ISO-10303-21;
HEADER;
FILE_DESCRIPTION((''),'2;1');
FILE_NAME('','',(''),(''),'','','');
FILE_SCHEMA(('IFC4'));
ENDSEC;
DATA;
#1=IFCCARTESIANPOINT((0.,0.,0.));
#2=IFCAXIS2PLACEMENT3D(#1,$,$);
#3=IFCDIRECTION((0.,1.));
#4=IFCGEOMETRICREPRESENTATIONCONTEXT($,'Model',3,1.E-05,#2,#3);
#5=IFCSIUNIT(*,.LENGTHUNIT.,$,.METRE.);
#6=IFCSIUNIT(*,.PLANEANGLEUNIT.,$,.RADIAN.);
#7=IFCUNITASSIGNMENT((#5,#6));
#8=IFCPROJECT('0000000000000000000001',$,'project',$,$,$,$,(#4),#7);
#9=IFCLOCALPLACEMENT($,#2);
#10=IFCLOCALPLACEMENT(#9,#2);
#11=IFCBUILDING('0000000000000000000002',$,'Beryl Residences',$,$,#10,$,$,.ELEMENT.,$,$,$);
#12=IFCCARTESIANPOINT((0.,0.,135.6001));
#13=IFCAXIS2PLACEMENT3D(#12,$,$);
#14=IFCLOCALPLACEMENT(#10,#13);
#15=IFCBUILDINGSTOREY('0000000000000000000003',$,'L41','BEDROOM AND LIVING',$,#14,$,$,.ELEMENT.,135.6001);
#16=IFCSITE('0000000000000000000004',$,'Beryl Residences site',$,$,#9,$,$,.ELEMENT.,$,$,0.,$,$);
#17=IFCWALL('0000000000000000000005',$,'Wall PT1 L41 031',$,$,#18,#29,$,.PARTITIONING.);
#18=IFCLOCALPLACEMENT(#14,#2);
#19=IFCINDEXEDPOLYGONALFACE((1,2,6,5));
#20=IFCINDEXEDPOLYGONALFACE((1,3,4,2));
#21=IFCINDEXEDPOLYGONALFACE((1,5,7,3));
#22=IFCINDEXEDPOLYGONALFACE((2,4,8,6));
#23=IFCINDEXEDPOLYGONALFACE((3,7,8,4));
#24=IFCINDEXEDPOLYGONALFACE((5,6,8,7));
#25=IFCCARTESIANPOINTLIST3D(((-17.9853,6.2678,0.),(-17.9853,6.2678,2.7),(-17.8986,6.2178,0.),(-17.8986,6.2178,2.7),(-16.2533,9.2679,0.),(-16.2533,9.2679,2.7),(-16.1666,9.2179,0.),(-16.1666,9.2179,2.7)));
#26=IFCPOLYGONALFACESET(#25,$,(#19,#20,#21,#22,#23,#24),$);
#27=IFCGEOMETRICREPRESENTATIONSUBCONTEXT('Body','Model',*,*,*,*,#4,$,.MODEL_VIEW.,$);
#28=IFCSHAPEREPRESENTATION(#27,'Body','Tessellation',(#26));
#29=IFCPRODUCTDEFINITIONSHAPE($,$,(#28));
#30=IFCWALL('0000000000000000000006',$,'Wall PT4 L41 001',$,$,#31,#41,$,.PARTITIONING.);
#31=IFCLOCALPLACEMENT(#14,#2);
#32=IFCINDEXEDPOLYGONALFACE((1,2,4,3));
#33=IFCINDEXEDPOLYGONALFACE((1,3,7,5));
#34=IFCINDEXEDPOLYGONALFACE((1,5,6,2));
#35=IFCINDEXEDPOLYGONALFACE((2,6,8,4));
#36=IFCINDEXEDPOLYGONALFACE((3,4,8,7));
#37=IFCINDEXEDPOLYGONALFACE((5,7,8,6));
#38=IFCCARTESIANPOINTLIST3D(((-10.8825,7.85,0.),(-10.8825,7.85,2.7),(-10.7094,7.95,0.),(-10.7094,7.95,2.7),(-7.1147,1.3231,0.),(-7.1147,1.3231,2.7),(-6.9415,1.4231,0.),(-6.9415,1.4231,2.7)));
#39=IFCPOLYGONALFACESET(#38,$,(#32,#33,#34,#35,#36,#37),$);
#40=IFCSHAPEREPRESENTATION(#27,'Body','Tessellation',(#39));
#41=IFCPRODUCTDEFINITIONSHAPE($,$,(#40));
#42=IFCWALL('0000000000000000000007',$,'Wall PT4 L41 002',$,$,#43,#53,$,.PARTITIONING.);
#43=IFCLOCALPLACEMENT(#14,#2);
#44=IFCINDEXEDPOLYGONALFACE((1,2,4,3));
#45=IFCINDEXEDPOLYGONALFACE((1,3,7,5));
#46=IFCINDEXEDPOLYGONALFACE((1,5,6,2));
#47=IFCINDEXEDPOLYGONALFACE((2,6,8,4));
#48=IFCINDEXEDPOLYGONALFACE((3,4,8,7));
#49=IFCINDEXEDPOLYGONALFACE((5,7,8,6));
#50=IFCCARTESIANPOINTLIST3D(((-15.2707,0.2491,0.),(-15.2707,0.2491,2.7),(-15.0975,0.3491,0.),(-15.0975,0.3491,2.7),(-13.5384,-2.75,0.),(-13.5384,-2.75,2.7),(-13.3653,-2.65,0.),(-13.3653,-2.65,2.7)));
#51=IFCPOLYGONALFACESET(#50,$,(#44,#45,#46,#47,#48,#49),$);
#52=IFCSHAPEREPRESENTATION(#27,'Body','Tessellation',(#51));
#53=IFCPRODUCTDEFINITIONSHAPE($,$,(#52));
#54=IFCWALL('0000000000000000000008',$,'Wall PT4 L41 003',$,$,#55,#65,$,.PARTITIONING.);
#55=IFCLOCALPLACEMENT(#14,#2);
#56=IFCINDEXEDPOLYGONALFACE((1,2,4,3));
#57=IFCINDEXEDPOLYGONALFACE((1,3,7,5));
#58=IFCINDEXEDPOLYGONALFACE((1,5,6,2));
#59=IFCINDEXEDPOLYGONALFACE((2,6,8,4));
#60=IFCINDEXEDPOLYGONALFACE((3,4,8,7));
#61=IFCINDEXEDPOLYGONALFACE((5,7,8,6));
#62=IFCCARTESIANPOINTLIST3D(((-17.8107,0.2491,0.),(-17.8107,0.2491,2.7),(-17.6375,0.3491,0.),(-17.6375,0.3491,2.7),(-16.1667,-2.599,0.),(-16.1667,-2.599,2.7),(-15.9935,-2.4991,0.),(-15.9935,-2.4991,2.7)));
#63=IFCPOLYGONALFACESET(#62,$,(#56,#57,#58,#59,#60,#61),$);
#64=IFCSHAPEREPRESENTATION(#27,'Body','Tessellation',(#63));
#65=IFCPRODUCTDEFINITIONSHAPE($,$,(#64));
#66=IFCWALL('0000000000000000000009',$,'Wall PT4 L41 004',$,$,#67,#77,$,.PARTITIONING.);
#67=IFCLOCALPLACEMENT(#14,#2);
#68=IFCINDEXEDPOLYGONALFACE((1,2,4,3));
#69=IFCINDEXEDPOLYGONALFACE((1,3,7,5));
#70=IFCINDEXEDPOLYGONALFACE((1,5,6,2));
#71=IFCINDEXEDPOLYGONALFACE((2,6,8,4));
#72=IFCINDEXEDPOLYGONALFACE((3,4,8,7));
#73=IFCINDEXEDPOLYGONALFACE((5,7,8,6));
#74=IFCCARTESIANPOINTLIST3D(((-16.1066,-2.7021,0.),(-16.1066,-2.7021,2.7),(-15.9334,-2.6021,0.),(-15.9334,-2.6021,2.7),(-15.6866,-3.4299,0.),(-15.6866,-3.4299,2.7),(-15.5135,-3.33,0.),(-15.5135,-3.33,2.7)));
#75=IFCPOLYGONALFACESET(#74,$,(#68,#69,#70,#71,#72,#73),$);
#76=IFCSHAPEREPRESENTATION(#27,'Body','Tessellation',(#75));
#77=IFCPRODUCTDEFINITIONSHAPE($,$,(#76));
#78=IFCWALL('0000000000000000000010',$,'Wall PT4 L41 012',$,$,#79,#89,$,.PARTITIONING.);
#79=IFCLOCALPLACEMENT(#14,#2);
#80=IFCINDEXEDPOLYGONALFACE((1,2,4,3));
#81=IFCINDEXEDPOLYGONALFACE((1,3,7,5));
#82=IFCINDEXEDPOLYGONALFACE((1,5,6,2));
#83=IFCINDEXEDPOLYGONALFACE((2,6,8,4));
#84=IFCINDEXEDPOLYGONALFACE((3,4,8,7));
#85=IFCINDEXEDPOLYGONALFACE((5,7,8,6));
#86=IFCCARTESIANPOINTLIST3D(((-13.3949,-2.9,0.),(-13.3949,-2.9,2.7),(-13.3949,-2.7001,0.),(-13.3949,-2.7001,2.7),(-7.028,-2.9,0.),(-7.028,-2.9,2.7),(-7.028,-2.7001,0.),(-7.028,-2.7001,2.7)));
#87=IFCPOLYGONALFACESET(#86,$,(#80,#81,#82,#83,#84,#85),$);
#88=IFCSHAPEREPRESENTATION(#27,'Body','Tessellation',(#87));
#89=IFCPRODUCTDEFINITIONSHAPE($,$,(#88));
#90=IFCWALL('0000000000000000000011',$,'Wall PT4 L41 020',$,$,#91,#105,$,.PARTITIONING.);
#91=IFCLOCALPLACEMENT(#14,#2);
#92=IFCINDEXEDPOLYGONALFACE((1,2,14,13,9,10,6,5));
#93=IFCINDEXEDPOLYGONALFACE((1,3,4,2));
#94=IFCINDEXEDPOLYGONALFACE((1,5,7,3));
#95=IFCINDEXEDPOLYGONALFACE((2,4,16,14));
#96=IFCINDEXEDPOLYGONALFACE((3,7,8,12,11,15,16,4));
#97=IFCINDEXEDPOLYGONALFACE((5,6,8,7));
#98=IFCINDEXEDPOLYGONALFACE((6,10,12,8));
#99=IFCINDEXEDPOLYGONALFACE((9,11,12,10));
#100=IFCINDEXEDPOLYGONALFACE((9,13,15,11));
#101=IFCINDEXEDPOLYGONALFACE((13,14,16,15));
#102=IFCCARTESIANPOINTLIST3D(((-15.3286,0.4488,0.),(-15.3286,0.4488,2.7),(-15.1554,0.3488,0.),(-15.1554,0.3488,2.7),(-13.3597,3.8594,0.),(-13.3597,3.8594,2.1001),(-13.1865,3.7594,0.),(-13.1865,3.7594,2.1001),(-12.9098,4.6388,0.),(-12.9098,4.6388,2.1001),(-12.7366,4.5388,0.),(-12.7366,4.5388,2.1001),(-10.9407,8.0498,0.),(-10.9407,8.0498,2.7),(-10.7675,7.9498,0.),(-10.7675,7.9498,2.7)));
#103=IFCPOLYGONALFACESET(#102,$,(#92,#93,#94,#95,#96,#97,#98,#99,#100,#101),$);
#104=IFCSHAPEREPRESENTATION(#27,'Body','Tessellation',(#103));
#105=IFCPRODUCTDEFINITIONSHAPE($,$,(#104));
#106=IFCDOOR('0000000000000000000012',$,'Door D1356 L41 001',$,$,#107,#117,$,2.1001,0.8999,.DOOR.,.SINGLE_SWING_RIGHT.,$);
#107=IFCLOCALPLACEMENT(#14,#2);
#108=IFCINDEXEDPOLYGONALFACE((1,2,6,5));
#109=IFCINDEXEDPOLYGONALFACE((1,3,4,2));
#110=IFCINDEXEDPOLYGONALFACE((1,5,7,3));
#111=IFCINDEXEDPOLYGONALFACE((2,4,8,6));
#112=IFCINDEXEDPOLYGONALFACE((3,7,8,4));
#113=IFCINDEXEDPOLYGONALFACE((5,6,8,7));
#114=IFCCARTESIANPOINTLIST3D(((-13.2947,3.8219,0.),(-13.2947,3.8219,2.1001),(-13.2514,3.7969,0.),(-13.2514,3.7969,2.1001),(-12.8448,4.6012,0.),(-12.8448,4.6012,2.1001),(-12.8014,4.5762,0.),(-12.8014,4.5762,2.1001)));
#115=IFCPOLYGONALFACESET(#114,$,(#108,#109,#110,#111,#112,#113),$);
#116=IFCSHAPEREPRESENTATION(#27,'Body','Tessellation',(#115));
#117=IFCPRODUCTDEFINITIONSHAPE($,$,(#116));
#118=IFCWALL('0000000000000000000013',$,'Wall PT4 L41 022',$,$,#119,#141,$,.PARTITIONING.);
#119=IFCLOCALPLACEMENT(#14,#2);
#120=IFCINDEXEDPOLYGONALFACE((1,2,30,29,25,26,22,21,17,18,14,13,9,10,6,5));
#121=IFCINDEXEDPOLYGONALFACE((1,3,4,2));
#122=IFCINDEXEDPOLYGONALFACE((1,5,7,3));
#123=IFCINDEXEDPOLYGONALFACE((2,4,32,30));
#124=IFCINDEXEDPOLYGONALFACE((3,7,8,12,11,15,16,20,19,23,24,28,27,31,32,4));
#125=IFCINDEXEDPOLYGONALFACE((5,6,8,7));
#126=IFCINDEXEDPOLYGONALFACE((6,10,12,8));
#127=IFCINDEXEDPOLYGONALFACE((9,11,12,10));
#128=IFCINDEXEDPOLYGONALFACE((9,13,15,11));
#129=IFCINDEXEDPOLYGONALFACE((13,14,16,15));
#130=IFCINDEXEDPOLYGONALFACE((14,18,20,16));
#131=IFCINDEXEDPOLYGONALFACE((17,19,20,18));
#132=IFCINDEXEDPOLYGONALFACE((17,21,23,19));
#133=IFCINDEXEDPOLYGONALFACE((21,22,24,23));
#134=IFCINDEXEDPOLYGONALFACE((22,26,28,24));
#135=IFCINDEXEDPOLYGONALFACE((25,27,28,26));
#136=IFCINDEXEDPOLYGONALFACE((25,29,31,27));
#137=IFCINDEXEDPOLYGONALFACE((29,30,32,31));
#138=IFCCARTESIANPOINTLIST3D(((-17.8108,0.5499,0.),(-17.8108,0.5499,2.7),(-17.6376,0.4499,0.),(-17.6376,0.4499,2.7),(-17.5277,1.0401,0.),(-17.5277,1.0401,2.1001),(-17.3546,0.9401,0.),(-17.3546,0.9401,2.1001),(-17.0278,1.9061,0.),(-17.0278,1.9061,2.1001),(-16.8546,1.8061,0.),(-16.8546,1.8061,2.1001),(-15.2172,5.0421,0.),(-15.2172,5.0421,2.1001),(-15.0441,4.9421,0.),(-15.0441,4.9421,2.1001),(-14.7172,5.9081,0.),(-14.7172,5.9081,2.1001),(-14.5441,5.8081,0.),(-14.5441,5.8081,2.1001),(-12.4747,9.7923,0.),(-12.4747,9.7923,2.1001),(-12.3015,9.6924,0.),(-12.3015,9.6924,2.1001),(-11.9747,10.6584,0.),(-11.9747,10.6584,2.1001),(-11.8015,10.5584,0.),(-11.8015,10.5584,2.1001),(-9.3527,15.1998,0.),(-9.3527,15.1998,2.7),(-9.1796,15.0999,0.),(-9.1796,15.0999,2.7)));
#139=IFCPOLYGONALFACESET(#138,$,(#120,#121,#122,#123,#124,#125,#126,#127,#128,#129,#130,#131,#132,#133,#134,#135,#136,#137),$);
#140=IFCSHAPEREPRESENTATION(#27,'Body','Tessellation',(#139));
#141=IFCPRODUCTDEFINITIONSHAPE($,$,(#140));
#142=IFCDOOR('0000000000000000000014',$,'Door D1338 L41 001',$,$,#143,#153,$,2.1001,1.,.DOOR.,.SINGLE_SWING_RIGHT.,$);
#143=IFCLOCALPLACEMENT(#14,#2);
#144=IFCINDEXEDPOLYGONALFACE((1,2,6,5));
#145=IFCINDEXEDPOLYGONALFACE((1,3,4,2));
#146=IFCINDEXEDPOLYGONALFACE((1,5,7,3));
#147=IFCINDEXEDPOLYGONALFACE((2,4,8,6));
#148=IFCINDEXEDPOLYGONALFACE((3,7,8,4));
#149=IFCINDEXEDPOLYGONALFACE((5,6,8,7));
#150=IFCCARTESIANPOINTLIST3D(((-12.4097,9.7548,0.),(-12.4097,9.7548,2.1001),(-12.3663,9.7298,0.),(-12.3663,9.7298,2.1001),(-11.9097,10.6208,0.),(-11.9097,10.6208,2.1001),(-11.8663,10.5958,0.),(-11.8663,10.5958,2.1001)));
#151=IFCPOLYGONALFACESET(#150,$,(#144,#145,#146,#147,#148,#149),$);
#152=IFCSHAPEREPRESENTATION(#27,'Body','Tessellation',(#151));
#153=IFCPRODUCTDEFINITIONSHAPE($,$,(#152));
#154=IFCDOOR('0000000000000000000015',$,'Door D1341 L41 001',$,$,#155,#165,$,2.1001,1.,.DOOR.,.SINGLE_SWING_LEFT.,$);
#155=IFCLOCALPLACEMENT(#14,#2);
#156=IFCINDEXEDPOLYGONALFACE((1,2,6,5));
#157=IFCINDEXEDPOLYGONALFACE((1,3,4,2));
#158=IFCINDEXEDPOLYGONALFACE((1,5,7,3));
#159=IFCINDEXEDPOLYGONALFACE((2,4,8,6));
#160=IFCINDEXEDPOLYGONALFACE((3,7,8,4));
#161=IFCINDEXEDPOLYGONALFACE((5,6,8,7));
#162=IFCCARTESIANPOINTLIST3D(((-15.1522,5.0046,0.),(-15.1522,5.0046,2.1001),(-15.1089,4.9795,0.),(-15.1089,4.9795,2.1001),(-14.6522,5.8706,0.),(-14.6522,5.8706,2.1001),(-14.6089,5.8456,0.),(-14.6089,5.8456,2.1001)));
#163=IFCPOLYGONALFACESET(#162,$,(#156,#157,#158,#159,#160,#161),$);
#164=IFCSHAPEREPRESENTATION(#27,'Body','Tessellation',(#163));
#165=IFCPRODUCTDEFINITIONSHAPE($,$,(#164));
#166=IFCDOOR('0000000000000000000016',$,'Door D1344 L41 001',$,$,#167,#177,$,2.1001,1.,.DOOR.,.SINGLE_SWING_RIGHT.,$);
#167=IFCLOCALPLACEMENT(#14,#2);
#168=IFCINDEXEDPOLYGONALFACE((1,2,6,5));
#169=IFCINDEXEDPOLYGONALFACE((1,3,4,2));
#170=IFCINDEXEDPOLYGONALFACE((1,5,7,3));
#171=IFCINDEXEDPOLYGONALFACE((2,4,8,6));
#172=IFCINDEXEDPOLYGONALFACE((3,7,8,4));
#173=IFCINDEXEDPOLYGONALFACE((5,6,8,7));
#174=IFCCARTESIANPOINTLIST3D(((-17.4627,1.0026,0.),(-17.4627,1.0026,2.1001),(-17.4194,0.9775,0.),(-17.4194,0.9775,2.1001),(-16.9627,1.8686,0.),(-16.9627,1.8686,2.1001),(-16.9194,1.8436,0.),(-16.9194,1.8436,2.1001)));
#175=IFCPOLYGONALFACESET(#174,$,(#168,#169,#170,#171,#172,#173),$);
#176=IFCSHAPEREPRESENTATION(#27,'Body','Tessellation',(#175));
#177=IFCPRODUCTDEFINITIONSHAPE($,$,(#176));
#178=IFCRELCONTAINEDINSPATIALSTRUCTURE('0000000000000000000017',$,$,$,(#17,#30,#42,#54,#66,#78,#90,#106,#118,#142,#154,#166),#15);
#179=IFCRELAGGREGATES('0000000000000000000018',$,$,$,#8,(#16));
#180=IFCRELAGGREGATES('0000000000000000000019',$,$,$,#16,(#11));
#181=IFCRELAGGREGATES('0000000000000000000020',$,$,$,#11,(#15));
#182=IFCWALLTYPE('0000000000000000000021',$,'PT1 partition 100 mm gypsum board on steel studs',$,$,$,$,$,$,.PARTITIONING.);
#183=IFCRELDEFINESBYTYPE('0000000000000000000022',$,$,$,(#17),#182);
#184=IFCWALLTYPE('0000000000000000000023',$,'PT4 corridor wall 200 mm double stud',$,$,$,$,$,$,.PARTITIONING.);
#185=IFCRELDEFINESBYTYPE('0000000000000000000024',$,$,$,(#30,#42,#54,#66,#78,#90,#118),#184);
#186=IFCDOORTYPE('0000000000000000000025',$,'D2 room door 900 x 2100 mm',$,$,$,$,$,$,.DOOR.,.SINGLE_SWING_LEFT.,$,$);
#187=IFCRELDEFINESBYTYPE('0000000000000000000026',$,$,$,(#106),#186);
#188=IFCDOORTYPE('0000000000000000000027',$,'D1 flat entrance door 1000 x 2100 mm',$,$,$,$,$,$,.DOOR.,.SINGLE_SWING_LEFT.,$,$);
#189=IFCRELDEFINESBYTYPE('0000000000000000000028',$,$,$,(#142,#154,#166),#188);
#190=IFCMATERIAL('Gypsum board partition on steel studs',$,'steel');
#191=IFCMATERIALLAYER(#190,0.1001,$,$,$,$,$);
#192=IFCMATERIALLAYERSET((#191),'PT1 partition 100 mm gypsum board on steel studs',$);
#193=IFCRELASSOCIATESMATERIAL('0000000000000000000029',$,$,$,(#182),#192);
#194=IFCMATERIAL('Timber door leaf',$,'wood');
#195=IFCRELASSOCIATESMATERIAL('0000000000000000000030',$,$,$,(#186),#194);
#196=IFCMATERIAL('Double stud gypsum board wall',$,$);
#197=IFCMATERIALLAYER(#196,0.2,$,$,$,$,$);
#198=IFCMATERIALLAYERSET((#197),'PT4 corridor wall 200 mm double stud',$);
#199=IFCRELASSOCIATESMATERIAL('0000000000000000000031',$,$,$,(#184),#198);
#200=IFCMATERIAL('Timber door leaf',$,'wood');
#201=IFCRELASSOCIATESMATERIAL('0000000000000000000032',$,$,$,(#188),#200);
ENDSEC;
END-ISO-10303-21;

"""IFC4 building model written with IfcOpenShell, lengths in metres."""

from ifc_helpers import new_model, si_unit, direction, frame, frame_2d, origin, place, context, subcontext, project, spatial, rectangle, extrude, material, layer, layer_set, type_object, element, fill, save


model = new_model("IFC4")

# Units and contexts
model_context = context("Model", 3, precision=1e-05, world=origin(), true_north=direction((0.0, 1.0)))
body_context = subcontext(model_context, "Body", "Model", "MODEL_VIEW")
ifc_project = project(units=[si_unit("LENGTHUNIT", "METRE"), si_unit("PLANEANGLEUNIT", "RADIAN")], contexts=[model_context])

# Site, building, storey
site_placement = place(None, origin())
site = spatial("IfcSite", under=ifc_project, at=site_placement, Name="Beryl Residences site", CompositionType="ELEMENT", RefElevation=0.0)
building_placement = place(site_placement, origin())
building = spatial("IfcBuilding", under=site, at=building_placement, Name="Beryl Residences", CompositionType="ELEMENT")
storey_placement = place(building_placement, frame((0.0, 0.0, 135.6001)))
storey = spatial("IfcBuildingStorey", under=building, at=storey_placement, Name="L41", Description="BEDROOM AND LIVING", CompositionType="ELEMENT", Elevation=135.6001)

# Shared definitions
ifc_material_1 = material(Name="Gypsum board partition on steel studs", Category="steel")
ifc_layer_1 = layer(ifc_material_1, 0.1001)
ifc_layer_set_1 = layer_set([ifc_layer_1], Name="PT1 partition 100 mm gypsum board on steel studs")
wall_type_1 = type_object("IfcWallType", Name="PT1 partition 100 mm gypsum board on steel studs", PredefinedType="PARTITIONING", material=ifc_layer_set_1)
ifc_material_2 = material(Name="Timber door leaf", Category="wood")
door_type_1 = type_object("IfcDoorType", Name="D2 room door 900 x 2100 mm", OperationType="SINGLE_SWING_LEFT", PredefinedType="DOOR", material=ifc_material_2)

# Walls
wall_1_placement = place(storey_placement, frame((-17.9419, 6.2429, 0.0), z_axis=(0.0, 0.0, 1.0), x_axis=(0.499975, 0.86604, 0.0)))
element("IfcWall", 1, at=wall_1_placement, inside=storey, type_object=wall_type_1, Name="Wall PT1 L41 031", PredefinedType="PARTITIONING", context=body_context, shape_type="SweptSolid", body=[
    extrude(rectangle(XDim=3.4641, YDim=0.1001, at=frame_2d((1.7319, 0.0))), origin(), (0.0, 0.0, 1.0), 2.7),
])
ifc_material_3 = material(Name="Double stud gypsum board wall")
ifc_layer_2 = layer(ifc_material_3, 0.2)
ifc_layer_set_2 = layer_set([ifc_layer_2], Name="PT4 corridor wall 200 mm double stud")
wall_type_2 = type_object("IfcWallType", Name="PT4 corridor wall 200 mm double stud", PredefinedType="PARTITIONING", material=ifc_layer_set_2)
wall_2_placement = place(storey_placement, frame((-10.7959, 7.8999, 0.0), z_axis=(0.0, 0.0, 1.0), x_axis=(0.499954, -0.866052, 0.0)))
element("IfcWall", 2, at=wall_2_placement, inside=storey, type_object=wall_type_2, Name="Wall PT4 L41 001", PredefinedType="PARTITIONING", context=body_context, shape_type="SweptSolid", body=[
    extrude(rectangle(XDim=7.5364, YDim=0.2, at=frame_2d((3.7681, 0.0))), origin(), (0.0, 0.0, 1.0), 2.7),
])
wall_3_placement = place(storey_placement, frame((-15.1841, 0.2991, 0.0), z_axis=(0.0, 0.0, 1.0), x_axis=(0.50015, -0.865939, 0.0)))
element("IfcWall", 3, at=wall_3_placement, inside=storey, type_object=wall_type_2, Name="Wall PT4 L41 002", PredefinedType="PARTITIONING", context=body_context, shape_type="SweptSolid", body=[
    extrude(rectangle(XDim=3.4634, YDim=0.2, at=frame_2d((1.7317, 0.0))), origin(), (0.0, 0.0, 1.0), 2.7),
])
wall_4_placement = place(storey_placement, frame((-17.7241, 0.2991, 0.0), z_axis=(0.0, 0.0, 1.0), x_axis=(0.499924, -0.866069, 0.0)))
element("IfcWall", 4, at=wall_4_placement, inside=storey, type_object=wall_type_2, Name="Wall PT4 L41 003", PredefinedType="PARTITIONING", context=body_context, shape_type="SweptSolid", body=[
    extrude(rectangle(XDim=3.2886, YDim=0.2, at=frame_2d((1.6443, 0.0))), origin(), (0.0, 0.0, 1.0), 2.7),
])
wall_5_placement = place(storey_placement, frame((-16.02, -2.6521, 0.0), z_axis=(0.0, 0.0, 1.0), x_axis=(0.499764, -0.866161, 0.0)))
element("IfcWall", 5, at=wall_5_placement, inside=storey, type_object=wall_type_2, Name="Wall PT4 L41 004", PredefinedType="PARTITIONING", context=body_context, shape_type="SweptSolid", body=[
    extrude(rectangle(XDim=0.8403, YDim=0.2, at=frame_2d((0.4202, 0.0))), origin(), (0.0, 0.0, 1.0), 2.7),
])
wall_6_placement = place(storey_placement, frame((-13.395, -2.8, 0.0), z_axis=(0.0, 0.0, 1.0), x_axis=(1.0, 0.0, 0.0)))
element("IfcWall", 6, at=wall_6_placement, inside=storey, type_object=wall_type_2, Name="Wall PT4 L41 012", PredefinedType="PARTITIONING", context=body_context, shape_type="SweptSolid", body=[
    extrude(rectangle(XDim=6.3669, YDim=0.2, at=frame_2d((3.1836, 0.0))), origin(), (0.0, 0.0, 1.0), 2.7),
])

# Wall, opening, door
wall_7_placement = place(storey_placement, frame((-15.2419, 0.3989, 0.0), z_axis=(0.0, 0.0, 1.0), x_axis=(0.499954, 0.866052, 0.0)))
wall_7 = element("IfcWall", 7, at=wall_7_placement, inside=storey, type_object=wall_type_2, Name="Wall PT4 L41 020", PredefinedType="PARTITIONING", context=body_context, shape_type="SweptSolid", body=[
    extrude(rectangle(XDim=8.7766, YDim=0.2, at=frame_2d((4.3882, 0.0))), origin(), (0.0, 0.0, 1.0), 2.7),
])
opening_1_placement = place(wall_7_placement, frame((3.938, 0.0, 0.0)))
opening_1 = element("IfcOpeningElement", 8, at=opening_1_placement, cuts=wall_7, PredefinedType="OPENING", context=body_context, shape_type="SweptSolid", body=[
    extrude(rectangle(XDim=0.8999, YDim=2.1001, at=frame_2d((0.45, 1.05))), frame((0.0, 0.1099, 0.0), z_axis=(0.0, -1.0, 0.0), x_axis=(1.0, 0.0, 0.0)), (0.0, 0.0, 1.0), 0.22),
])
door_1_placement = place(opening_1_placement, origin())
door_1 = element("IfcDoor", 9, at=door_1_placement, inside=storey, type_object=door_type_1, Name="Door D1356 L41 001", OperationType="SINGLE_SWING_RIGHT", OverallHeight=2.1001, OverallWidth=0.8999, PredefinedType="DOOR", context=body_context, shape_type="SweptSolid", body=[
    extrude(rectangle(XDim=0.8999, YDim=2.1001, at=frame_2d((0.45, 1.05))), frame((0.0, 0.0249, 0.0), z_axis=(0.0, -1.0, 0.0), x_axis=(1.0, 0.0, 0.0)), (0.0, 0.0, 1.0), 0.05),
])
fill(opening_1, door_1)

# Wall, openings, doors
wall_8_placement = place(storey_placement, frame((-17.7241, 0.5, 0.0), z_axis=(0.0, 0.0, 1.0), x_axis=(0.499995, 0.866028, 0.0)))
wall_8 = element("IfcWall", 10, at=wall_8_placement, inside=storey, type_object=wall_type_2, Name="Wall PT4 L41 022", PredefinedType="PARTITIONING", context=body_context, shape_type="SweptSolid", body=[
    extrude(rectangle(XDim=16.9163, YDim=0.2, at=frame_2d((8.458, 0.0))), origin(), (0.0, 0.0, 1.0), 2.7),
])
opening_2_placement = place(wall_8_placement, frame((10.6721, 0.0, 0.0)))
opening_2 = element("IfcOpeningElement", 11, at=opening_2_placement, cuts=wall_8, PredefinedType="OPENING", context=body_context, shape_type="SweptSolid", body=[
    extrude(rectangle(XDim=1.0, YDim=2.1001, at=frame_2d((0.5, 1.05))), frame((0.0, 0.1099, 0.0), z_axis=(0.0, -1.0, 0.0), x_axis=(1.0, 0.0, 0.0)), (0.0, 0.0, 1.0), 0.22),
])
opening_3_placement = place(wall_8_placement, frame((5.187, 0.0, 0.0)))
opening_3 = element("IfcOpeningElement", 12, at=opening_3_placement, cuts=wall_8, PredefinedType="OPENING", context=body_context, shape_type="SweptSolid", body=[
    extrude(rectangle(XDim=1.0, YDim=2.1001, at=frame_2d((0.5, 1.05))), frame((0.0, 0.1099, 0.0), z_axis=(0.0, -1.0, 0.0), x_axis=(1.0, 0.0, 0.0)), (0.0, 0.0, 1.0), 0.22),
])
opening_4_placement = place(wall_8_placement, frame((0.5659, 0.0, 0.0)))
opening_4 = element("IfcOpeningElement", 13, at=opening_4_placement, cuts=wall_8, PredefinedType="OPENING", context=body_context, shape_type="SweptSolid", body=[
    extrude(rectangle(XDim=1.0, YDim=2.1001, at=frame_2d((0.5, 1.05))), frame((0.0, 0.1099, 0.0), z_axis=(0.0, -1.0, 0.0), x_axis=(1.0, 0.0, 0.0)), (0.0, 0.0, 1.0), 0.22),
])
ifc_material_4 = material(Name="Timber door leaf", Category="wood")
door_type_2 = type_object("IfcDoorType", Name="D1 flat entrance door 1000 x 2100 mm", OperationType="SINGLE_SWING_LEFT", PredefinedType="DOOR", material=ifc_material_4)
door_2_placement = place(opening_2_placement, origin())
door_2 = element("IfcDoor", 14, at=door_2_placement, inside=storey, type_object=door_type_2, Name="Door D1338 L41 001", OperationType="SINGLE_SWING_RIGHT", OverallHeight=2.1001, OverallWidth=1.0, PredefinedType="DOOR", context=body_context, shape_type="SweptSolid", body=[
    extrude(rectangle(XDim=1.0, YDim=2.1001, at=frame_2d((0.5, 1.05))), frame((0.0, 0.0249, 0.0), z_axis=(0.0, -1.0, 0.0), x_axis=(1.0, 0.0, 0.0)), (0.0, 0.0, 1.0), 0.05),
])
fill(opening_2, door_2)
door_3_placement = place(opening_3_placement, origin())
door_3 = element("IfcDoor", 15, at=door_3_placement, inside=storey, type_object=door_type_2, Name="Door D1341 L41 001", OperationType="SINGLE_SWING_LEFT", OverallHeight=2.1001, OverallWidth=1.0, PredefinedType="DOOR", context=body_context, shape_type="SweptSolid", body=[
    extrude(rectangle(XDim=1.0, YDim=2.1001, at=frame_2d((0.5, 1.05))), frame((0.0, 0.0249, 0.0), z_axis=(0.0, -1.0, 0.0), x_axis=(1.0, 0.0, 0.0)), (0.0, 0.0, 1.0), 0.05),
])
fill(opening_3, door_3)
door_4_placement = place(opening_4_placement, origin())
door_4 = element("IfcDoor", 16, at=door_4_placement, inside=storey, type_object=door_type_2, Name="Door D1344 L41 001", OperationType="SINGLE_SWING_RIGHT", OverallHeight=2.1001, OverallWidth=1.0, PredefinedType="DOOR", context=body_context, shape_type="SweptSolid", body=[
    extrude(rectangle(XDim=1.0, YDim=2.1001, at=frame_2d((0.5, 1.05))), frame((0.0, 0.0249, 0.0), z_axis=(0.0, -1.0, 0.0), x_axis=(1.0, 0.0, 0.0)), (0.0, 0.0, 1.0), 0.05),
])
fill(opening_4, door_4)

save(model, "model.ifc")
